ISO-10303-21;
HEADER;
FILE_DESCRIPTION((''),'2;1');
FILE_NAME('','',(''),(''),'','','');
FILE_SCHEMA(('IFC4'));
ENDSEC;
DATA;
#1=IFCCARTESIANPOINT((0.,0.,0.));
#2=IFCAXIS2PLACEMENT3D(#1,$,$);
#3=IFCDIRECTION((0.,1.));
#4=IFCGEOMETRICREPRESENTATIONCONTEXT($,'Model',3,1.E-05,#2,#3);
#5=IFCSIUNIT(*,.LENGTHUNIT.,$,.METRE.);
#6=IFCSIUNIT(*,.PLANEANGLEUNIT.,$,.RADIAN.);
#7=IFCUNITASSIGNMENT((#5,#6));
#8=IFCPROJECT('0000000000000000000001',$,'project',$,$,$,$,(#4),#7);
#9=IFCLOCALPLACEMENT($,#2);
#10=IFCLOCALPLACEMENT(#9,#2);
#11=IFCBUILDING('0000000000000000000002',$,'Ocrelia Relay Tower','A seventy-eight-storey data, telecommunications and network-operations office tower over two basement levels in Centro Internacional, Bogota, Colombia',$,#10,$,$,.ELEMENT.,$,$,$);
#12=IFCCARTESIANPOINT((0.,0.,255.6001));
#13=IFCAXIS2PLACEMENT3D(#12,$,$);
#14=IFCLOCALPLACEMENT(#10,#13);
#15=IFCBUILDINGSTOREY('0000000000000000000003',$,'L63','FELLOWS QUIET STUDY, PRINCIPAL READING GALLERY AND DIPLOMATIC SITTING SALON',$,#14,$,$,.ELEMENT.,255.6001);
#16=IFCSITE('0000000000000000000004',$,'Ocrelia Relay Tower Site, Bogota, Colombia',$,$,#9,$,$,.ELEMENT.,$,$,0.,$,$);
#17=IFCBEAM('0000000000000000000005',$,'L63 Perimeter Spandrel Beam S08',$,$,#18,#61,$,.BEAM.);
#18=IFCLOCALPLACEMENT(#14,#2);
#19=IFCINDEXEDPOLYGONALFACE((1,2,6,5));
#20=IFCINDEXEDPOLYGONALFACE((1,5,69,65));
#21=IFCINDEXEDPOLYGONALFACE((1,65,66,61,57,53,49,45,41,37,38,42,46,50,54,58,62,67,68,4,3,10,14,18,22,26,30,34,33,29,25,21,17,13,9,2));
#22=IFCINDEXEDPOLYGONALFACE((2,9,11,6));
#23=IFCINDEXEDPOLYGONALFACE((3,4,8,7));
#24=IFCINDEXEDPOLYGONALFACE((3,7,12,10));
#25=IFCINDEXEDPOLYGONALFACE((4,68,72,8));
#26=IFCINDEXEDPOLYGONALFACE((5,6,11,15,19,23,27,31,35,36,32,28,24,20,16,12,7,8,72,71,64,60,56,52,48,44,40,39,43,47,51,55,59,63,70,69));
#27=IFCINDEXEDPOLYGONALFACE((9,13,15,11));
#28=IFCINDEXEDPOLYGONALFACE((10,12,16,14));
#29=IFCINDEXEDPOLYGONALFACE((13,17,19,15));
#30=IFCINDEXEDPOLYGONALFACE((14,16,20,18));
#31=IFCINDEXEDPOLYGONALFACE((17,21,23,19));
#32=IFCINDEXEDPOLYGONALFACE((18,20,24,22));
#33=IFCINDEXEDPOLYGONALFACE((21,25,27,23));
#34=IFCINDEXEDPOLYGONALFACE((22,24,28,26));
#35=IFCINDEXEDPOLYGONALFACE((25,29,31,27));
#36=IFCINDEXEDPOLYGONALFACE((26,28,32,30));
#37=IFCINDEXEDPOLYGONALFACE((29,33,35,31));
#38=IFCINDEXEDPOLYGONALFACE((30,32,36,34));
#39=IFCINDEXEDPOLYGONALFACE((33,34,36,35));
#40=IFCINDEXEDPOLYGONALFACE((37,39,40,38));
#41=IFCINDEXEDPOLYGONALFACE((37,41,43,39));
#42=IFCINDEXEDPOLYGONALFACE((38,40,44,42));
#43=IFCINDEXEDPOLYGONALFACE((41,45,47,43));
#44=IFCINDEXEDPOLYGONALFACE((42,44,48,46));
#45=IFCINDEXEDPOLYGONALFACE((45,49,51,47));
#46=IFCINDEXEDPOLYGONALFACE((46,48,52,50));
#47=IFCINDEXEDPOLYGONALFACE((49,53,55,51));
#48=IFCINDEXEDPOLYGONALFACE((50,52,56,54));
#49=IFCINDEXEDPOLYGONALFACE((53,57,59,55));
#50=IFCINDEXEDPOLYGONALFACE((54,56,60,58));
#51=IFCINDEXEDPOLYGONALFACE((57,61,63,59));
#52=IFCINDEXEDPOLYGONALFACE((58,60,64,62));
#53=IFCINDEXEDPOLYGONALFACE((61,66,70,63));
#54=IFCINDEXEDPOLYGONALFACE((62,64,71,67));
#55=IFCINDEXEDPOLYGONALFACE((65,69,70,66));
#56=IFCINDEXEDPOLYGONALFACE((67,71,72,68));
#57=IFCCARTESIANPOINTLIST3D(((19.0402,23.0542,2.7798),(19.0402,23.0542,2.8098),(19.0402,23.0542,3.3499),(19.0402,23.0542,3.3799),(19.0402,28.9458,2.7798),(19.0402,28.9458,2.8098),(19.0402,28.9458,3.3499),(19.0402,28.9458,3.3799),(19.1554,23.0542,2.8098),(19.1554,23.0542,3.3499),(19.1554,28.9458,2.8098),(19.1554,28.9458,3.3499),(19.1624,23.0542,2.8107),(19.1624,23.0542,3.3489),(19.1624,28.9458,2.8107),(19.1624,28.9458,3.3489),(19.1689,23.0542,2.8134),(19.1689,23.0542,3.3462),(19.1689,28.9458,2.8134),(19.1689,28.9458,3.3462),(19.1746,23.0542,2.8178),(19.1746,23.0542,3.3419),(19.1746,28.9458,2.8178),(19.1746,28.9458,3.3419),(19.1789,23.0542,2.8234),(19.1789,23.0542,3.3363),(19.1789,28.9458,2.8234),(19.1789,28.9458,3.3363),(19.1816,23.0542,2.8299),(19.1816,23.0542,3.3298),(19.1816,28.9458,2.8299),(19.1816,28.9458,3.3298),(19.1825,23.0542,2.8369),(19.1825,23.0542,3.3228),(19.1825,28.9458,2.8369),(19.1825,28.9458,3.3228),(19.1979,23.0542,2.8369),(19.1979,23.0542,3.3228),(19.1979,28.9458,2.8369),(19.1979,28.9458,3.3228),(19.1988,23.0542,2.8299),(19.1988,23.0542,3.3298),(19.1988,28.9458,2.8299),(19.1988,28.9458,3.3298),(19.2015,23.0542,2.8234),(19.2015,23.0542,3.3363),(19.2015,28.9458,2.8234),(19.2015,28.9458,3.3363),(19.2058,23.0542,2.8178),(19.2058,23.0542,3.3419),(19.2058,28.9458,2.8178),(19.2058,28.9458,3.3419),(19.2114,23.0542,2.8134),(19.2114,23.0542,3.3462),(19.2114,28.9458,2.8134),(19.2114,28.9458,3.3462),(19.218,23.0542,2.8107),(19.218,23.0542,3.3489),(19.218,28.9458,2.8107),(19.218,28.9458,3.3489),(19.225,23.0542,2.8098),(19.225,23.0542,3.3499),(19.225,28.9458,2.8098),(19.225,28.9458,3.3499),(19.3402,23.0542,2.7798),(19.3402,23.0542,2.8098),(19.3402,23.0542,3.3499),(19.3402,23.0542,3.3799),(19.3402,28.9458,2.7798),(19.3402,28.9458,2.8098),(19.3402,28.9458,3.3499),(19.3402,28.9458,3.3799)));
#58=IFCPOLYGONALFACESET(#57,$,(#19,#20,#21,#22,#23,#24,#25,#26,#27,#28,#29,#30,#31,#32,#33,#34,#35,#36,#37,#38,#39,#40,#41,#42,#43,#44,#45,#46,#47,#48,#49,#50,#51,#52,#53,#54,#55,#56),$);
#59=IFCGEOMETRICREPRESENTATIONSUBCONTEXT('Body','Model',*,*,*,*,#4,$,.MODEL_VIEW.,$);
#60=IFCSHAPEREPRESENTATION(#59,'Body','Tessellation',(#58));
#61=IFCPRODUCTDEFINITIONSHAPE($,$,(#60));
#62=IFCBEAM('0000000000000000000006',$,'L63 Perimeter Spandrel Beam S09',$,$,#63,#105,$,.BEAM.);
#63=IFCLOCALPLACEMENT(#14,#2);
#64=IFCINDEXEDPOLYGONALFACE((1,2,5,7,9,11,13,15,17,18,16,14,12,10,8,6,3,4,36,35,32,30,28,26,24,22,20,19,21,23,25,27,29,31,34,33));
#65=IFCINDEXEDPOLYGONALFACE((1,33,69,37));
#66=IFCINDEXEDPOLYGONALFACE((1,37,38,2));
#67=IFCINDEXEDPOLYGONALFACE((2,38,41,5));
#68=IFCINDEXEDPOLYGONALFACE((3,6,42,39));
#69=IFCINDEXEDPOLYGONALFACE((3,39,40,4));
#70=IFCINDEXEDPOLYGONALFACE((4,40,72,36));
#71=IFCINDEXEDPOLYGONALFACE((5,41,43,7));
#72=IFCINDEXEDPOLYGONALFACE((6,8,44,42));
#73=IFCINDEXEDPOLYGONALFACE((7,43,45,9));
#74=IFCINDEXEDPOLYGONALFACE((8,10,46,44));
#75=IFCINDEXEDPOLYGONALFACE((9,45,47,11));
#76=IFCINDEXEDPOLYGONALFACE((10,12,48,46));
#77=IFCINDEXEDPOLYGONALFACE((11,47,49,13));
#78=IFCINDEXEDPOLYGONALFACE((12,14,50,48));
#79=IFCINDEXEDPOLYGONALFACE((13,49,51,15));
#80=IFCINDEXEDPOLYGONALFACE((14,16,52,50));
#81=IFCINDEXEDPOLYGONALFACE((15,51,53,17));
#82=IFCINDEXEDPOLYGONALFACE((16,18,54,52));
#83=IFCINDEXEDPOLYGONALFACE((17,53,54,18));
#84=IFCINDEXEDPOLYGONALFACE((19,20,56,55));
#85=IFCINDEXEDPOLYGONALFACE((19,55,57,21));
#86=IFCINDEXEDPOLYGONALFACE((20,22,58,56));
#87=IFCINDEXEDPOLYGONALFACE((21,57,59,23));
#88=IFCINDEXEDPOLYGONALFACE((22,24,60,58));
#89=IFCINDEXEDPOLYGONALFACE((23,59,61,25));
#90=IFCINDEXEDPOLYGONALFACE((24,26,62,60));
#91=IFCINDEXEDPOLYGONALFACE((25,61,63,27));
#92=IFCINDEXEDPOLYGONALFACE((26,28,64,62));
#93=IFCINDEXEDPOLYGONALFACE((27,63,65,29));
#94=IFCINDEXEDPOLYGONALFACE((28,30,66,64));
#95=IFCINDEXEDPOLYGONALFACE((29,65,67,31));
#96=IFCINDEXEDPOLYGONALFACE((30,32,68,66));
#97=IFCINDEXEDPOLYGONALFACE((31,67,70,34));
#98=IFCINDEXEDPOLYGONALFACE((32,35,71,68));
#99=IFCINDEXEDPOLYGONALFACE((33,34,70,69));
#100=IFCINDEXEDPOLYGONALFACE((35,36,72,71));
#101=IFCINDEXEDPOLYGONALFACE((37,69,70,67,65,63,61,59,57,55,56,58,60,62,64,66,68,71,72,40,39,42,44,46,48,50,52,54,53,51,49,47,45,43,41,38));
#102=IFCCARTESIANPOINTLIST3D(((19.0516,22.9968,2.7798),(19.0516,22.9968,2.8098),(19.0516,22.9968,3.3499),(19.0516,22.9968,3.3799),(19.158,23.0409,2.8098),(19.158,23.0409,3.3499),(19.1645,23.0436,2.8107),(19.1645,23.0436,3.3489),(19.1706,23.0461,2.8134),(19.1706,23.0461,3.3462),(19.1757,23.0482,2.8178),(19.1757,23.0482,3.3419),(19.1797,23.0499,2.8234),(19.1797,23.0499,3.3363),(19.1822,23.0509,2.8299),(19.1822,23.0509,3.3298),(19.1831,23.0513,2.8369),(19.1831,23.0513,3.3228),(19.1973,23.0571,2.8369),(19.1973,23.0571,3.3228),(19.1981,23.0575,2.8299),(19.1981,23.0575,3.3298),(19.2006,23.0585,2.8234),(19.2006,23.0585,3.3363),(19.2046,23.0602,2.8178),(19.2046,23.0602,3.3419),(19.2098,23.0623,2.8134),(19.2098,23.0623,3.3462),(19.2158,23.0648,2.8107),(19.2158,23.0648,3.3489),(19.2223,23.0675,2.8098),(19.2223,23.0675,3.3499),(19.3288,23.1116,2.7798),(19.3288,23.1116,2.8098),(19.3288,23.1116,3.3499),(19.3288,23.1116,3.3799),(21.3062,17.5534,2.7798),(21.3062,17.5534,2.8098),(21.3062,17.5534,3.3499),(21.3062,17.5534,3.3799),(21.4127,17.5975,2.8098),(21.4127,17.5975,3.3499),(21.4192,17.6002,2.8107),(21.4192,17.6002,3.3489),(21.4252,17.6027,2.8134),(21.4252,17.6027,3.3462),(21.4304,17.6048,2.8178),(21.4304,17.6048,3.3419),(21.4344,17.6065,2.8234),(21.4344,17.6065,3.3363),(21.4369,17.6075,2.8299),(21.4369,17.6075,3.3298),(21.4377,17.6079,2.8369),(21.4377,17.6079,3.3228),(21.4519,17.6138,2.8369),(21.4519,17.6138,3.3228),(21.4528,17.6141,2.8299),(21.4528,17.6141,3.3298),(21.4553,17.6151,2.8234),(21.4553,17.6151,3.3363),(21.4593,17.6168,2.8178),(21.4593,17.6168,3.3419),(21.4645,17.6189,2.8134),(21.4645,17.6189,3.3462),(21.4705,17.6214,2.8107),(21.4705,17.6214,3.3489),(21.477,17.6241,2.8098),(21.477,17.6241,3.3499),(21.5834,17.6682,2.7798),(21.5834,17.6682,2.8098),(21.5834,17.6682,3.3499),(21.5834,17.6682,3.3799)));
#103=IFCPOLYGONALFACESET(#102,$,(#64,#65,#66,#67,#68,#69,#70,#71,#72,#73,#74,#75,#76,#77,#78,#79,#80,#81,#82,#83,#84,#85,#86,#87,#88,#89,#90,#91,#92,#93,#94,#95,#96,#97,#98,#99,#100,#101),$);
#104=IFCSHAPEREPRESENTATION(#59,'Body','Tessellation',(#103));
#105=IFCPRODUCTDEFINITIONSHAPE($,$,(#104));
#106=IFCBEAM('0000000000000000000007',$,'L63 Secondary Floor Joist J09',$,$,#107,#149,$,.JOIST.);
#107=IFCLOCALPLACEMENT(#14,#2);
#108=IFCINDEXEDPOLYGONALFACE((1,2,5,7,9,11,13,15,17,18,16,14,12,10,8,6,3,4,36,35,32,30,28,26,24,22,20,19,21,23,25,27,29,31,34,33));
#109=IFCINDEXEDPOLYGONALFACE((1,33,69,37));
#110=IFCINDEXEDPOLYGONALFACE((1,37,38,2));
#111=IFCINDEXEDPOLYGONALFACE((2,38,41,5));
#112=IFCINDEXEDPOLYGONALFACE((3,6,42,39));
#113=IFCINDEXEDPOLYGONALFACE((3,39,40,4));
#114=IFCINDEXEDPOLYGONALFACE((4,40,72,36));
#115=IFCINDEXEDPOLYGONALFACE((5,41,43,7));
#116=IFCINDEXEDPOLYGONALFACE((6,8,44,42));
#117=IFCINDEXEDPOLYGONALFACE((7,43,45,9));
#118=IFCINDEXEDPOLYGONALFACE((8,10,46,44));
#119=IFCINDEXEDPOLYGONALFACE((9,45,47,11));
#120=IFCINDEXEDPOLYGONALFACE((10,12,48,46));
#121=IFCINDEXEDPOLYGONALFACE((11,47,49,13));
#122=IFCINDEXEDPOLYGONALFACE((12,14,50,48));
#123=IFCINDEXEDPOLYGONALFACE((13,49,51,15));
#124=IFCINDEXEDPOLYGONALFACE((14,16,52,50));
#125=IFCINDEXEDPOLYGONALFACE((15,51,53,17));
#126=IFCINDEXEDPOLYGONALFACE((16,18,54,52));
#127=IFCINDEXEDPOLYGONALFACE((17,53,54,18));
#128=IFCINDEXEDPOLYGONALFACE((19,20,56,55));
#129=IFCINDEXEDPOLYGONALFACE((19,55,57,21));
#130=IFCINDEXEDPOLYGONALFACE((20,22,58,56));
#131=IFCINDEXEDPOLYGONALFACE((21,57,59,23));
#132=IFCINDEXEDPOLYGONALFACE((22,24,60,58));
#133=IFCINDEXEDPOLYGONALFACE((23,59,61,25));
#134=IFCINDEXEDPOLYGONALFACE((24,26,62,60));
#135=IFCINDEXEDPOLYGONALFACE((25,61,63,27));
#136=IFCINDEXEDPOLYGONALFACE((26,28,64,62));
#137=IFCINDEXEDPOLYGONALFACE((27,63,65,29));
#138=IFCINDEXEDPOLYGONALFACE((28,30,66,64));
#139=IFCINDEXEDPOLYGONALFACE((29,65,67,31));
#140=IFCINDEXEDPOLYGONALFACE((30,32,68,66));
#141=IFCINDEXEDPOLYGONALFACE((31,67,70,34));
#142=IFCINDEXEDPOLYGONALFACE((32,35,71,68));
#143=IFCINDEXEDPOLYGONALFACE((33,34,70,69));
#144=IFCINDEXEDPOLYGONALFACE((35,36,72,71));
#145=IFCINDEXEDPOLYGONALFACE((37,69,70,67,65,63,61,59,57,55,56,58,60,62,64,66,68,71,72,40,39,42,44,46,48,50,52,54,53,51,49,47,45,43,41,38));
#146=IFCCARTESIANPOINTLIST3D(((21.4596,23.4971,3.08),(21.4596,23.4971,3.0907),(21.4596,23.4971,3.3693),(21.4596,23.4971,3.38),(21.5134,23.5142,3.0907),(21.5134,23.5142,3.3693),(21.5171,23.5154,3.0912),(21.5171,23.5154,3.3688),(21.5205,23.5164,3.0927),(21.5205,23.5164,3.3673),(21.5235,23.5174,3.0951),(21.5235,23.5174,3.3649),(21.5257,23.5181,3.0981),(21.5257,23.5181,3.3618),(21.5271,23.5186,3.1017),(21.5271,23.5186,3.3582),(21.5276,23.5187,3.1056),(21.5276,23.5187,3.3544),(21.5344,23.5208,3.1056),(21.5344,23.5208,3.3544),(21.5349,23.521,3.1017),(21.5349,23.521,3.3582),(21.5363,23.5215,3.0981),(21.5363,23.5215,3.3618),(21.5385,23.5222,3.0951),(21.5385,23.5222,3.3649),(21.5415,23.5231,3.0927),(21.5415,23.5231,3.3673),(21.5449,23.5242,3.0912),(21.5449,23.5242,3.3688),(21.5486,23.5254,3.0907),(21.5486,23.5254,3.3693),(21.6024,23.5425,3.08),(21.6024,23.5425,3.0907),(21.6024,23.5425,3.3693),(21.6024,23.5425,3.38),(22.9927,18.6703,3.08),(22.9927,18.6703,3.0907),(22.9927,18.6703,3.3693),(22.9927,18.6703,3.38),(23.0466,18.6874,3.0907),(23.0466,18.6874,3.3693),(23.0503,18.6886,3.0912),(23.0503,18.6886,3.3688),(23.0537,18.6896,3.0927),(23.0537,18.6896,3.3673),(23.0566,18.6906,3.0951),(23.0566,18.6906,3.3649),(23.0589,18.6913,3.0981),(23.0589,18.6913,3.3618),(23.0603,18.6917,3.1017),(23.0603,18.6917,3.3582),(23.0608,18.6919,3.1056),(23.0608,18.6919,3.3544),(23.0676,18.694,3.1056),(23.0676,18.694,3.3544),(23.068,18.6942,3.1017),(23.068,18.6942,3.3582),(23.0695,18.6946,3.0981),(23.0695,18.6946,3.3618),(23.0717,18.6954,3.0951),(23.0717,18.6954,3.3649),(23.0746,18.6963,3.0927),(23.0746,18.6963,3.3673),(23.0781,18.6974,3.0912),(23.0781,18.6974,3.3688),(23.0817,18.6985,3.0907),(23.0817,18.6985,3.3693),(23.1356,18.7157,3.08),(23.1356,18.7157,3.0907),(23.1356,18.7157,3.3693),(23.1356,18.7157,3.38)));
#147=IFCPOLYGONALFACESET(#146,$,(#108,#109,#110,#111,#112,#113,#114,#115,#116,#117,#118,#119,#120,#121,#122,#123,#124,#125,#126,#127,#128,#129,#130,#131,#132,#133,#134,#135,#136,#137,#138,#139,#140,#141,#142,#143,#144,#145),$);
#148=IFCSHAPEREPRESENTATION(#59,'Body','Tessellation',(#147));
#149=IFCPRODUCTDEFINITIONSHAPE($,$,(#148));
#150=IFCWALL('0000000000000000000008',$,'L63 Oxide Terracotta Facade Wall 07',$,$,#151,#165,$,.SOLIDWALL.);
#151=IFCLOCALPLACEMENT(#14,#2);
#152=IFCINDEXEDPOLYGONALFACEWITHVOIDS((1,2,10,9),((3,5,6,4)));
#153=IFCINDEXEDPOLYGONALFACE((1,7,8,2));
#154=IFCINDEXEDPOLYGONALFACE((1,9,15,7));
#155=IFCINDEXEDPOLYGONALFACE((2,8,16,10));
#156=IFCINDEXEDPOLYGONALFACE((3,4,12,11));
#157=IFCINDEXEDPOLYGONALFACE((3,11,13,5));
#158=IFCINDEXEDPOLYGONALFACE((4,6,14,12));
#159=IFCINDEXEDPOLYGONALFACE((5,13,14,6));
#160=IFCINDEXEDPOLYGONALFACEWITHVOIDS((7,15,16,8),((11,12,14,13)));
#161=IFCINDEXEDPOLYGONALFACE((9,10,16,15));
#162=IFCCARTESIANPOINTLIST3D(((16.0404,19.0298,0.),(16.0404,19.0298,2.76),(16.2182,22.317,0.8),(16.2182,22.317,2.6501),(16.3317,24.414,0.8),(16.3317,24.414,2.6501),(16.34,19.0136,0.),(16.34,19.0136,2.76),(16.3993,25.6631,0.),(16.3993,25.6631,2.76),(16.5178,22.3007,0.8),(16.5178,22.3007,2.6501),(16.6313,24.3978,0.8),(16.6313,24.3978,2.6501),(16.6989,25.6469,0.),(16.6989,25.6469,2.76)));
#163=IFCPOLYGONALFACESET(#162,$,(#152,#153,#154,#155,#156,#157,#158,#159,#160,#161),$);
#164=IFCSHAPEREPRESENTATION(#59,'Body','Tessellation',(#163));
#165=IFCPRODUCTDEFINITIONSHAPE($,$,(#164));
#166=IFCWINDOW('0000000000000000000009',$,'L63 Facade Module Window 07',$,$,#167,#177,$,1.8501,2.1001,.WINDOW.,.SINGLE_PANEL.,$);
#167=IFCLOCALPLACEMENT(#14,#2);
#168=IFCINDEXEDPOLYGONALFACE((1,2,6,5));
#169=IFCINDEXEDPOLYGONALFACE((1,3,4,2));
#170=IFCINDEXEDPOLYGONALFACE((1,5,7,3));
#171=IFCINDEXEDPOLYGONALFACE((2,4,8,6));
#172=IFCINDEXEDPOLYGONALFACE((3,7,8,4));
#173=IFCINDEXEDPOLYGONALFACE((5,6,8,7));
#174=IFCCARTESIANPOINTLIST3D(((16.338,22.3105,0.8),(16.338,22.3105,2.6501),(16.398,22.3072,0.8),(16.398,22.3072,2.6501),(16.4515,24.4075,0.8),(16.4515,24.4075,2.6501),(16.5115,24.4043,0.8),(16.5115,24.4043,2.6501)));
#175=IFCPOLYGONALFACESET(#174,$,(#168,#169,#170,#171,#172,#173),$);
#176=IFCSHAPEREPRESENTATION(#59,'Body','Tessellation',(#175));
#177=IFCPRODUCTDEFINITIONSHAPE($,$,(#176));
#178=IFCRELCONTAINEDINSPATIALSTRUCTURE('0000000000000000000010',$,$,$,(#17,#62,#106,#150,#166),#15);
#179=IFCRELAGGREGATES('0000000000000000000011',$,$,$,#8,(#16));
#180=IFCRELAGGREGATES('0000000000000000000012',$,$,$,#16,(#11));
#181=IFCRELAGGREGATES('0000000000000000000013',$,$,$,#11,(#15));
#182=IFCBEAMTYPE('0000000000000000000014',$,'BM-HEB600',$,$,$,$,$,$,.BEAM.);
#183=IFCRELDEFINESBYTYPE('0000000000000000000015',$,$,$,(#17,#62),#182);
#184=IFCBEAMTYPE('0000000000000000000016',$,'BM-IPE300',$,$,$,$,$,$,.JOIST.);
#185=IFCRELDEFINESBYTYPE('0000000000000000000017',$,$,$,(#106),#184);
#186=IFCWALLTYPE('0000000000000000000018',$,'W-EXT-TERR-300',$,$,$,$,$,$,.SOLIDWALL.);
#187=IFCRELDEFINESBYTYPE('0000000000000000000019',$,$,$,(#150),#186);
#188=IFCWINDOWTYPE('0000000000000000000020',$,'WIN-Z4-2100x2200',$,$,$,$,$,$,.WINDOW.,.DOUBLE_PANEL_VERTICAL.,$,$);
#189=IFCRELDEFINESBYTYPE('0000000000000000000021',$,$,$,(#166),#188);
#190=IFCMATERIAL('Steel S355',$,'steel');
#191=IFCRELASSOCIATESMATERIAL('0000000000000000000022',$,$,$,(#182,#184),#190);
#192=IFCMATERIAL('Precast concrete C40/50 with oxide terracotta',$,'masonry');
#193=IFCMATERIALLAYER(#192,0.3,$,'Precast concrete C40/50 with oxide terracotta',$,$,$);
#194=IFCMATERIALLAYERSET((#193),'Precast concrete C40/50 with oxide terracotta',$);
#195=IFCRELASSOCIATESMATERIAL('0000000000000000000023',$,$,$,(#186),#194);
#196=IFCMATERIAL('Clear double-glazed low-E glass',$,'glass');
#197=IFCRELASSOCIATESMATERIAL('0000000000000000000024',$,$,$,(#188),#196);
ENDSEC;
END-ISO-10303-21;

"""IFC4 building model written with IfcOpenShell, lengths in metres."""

from ifc_helpers import new_model, si_unit, direction, frame, frame_2d, origin, origin_2d, place, context, subcontext, project, spatial, rectangle, i_section, extrude, material, layer, layer_set, material_profile, profile_set, type_object, element, fill, save


model = new_model("IFC4")

# Units and contexts
model_context = context("Model", 3, precision=1e-05, world=origin(), true_north=direction((0.0, 1.0)))
body_context = subcontext(model_context, "Body", "Model", "MODEL_VIEW")
ifc_project = project(units=[si_unit("LENGTHUNIT", "METRE"), si_unit("PLANEANGLEUNIT", "RADIAN")], contexts=[model_context])

# Site, building, storey
site_placement = place(None, origin())
site = spatial("IfcSite", under=ifc_project, at=site_placement, Name="Ocrelia Relay Tower Site, Bogota, Colombia", CompositionType="ELEMENT", RefElevation=0.0)
building_placement = place(site_placement, origin())
building = spatial("IfcBuilding", under=site, at=building_placement, Name="Ocrelia Relay Tower", Description="A seventy-eight-storey data, telecommunications and network-operations office tower over two basement levels in Centro Internacional, Bogota, Colombia", CompositionType="ELEMENT")
storey_placement = place(building_placement, frame((0.0, 0.0, 255.6001)))
storey = spatial("IfcBuildingStorey", under=building, at=storey_placement, Name="L63", Description="FELLOWS QUIET STUDY, PRINCIPAL READING GALLERY AND DIPLOMATIC SITTING SALON", CompositionType="ELEMENT", Elevation=255.6001)

# Beams
ifc_material_1 = material(Name="Steel S355", Category="steel")
ifc_material_profile_1 = material_profile(ifc_material_1, i_section(OverallWidth=0.3, OverallDepth=0.6001, WebThickness=0.0154, FlangeThickness=0.03, FilletRadius=0.0271, at=origin_2d()), Name="HEB 600")
ifc_profile_set_1 = profile_set([ifc_material_profile_1], Name="Steel S355")
beam_type_1 = type_object("IfcBeamType", Name="BM-HEB600", PredefinedType="BEAM", material=ifc_profile_set_1)
beam_1_placement = place(storey_placement, frame((19.1902, 28.9458, 3.0798), z_axis=(0.0, -1.0, 0.0), x_axis=(1.0, 0.0, 0.0)))
element("IfcBeam", 1, at=beam_1_placement, inside=storey, type_object=beam_type_1, Name="L63 Perimeter Spandrel Beam S08", PredefinedType="BEAM", context=body_context, shape_type="SweptSolid", body=[
    extrude(i_section(OverallWidth=0.3, OverallDepth=0.6001, WebThickness=0.0154, FlangeThickness=0.03, FilletRadius=0.0271, at=origin_2d()), origin(), (0.0, 0.0, 1.0), 5.8916),
])
beam_2_placement = place(storey_placement, frame((19.1902, 23.0542, 3.0798), z_axis=(0.382673, -0.923884, 0.0), x_axis=(0.923884, 0.382673, 0.0)))
element("IfcBeam", 2, at=beam_2_placement, inside=storey, type_object=beam_type_1, Name="L63 Perimeter Spandrel Beam S09", PredefinedType="BEAM", context=body_context, shape_type="SweptSolid", body=[
    extrude(i_section(OverallWidth=0.3, OverallDepth=0.6001, WebThickness=0.0154, FlangeThickness=0.03, FilletRadius=0.0271, at=origin_2d()), origin(), (0.0, 0.0, 1.0), 5.8918),
])
ifc_material_profile_2 = material_profile(ifc_material_1, i_section(OverallWidth=0.1499, OverallDepth=0.3, WebThickness=0.0071, FlangeThickness=0.0107, FilletRadius=0.0149, at=origin_2d()), Name="IPE 300")
ifc_profile_set_2 = profile_set([ifc_material_profile_2], Name="Steel S355")
beam_type_2 = type_object("IfcBeamType", Name="BM-IPE300", PredefinedType="JOIST", material=ifc_profile_set_2)
beam_3_placement = place(storey_placement, frame((21.531, 23.5198, 3.23), z_axis=(0.302732, -0.953076, 0.0), x_axis=(0.953076, 0.302732, 0.0)))
element("IfcBeam", 3, at=beam_3_placement, inside=storey, type_object=beam_type_2, Name="L63 Secondary Floor Joist J09", PredefinedType="JOIST", context=body_context, shape_type="SweptSolid", body=[
    extrude(i_section(OverallWidth=0.1499, OverallDepth=0.3, WebThickness=0.0071, FlangeThickness=0.0107, FilletRadius=0.0149, at=origin_2d()), origin(), (0.0, 0.0, 1.0), 5.0645),
])

# Wall, opening, window
ifc_material_2 = material(Name="Precast concrete C40/50 with oxide terracotta", Category="masonry")
ifc_layer_1 = layer(ifc_material_2, 0.3, Name="Precast concrete C40/50 with oxide terracotta")
ifc_layer_set_1 = layer_set([ifc_layer_1], Name="Precast concrete C40/50 with oxide terracotta")
wall_type_1 = type_object("IfcWallType", Name="W-EXT-TERR-300", PredefinedType="SOLIDWALL", material=ifc_layer_set_1)
wall_1_placement = place(storey_placement, frame((16.5491, 25.655, 0.0), z_axis=(0.0, 0.0, 1.0), x_axis=(-0.054025, -0.99854, 0.0)))
wall_1 = element("IfcWall", 4, at=wall_1_placement, inside=storey, type_object=wall_type_1, Name="L63 Oxide Terracotta Facade Wall 07", PredefinedType="SOLIDWALL", context=body_context, shape_type="SweptSolid", body=[
    extrude(rectangle(XDim=6.6431, YDim=0.3, at=frame_2d((3.3215, 0.0))), origin(), (0.0, 0.0, 1.0), 2.76),
])
opening_1_placement = place(wall_1_placement, frame((1.251, 0.0, 0.8)))
opening_1 = element("IfcOpeningElement", 5, at=opening_1_placement, cuts=wall_1, PredefinedType="OPENING", context=body_context, shape_type="SweptSolid", body=[
    extrude(rectangle(XDim=2.1001, YDim=1.8501, at=frame_2d((1.05, 0.925))), frame((0.0, 0.1602, 0.0), z_axis=(0.0, -1.0, 0.0), x_axis=(1.0, 0.0, 0.0)), (0.0, 0.0, 1.0), 0.3201),
])
ifc_material_3 = material(Name="Clear double-glazed low-E glass", Category="glass")
window_type = type_object("IfcWindowType", Name="WIN-Z4-2100x2200", PartitioningType="DOUBLE_PANEL_VERTICAL", PredefinedType="WINDOW", material=ifc_material_3)
window_placement = place(opening_1_placement, origin())
window = element("IfcWindow", 6, at=window_placement, inside=storey, type_object=window_type, Name="L63 Facade Module Window 07", OverallHeight=1.8501, OverallWidth=2.1001, PartitioningType="SINGLE_PANEL", PredefinedType="WINDOW", context=body_context, shape_type="SweptSolid", body=[
    extrude(rectangle(XDim=2.1001, YDim=1.8501, at=frame_2d((1.05, 0.925))), frame((0.0, 0.03, 0.0), z_axis=(0.0, -1.0, 0.0), x_axis=(1.0, 0.0, 0.0)), (0.0, 0.0, 1.0), 0.0601),
])
fill(opening_1, window)

save(model, "model.ifc")
